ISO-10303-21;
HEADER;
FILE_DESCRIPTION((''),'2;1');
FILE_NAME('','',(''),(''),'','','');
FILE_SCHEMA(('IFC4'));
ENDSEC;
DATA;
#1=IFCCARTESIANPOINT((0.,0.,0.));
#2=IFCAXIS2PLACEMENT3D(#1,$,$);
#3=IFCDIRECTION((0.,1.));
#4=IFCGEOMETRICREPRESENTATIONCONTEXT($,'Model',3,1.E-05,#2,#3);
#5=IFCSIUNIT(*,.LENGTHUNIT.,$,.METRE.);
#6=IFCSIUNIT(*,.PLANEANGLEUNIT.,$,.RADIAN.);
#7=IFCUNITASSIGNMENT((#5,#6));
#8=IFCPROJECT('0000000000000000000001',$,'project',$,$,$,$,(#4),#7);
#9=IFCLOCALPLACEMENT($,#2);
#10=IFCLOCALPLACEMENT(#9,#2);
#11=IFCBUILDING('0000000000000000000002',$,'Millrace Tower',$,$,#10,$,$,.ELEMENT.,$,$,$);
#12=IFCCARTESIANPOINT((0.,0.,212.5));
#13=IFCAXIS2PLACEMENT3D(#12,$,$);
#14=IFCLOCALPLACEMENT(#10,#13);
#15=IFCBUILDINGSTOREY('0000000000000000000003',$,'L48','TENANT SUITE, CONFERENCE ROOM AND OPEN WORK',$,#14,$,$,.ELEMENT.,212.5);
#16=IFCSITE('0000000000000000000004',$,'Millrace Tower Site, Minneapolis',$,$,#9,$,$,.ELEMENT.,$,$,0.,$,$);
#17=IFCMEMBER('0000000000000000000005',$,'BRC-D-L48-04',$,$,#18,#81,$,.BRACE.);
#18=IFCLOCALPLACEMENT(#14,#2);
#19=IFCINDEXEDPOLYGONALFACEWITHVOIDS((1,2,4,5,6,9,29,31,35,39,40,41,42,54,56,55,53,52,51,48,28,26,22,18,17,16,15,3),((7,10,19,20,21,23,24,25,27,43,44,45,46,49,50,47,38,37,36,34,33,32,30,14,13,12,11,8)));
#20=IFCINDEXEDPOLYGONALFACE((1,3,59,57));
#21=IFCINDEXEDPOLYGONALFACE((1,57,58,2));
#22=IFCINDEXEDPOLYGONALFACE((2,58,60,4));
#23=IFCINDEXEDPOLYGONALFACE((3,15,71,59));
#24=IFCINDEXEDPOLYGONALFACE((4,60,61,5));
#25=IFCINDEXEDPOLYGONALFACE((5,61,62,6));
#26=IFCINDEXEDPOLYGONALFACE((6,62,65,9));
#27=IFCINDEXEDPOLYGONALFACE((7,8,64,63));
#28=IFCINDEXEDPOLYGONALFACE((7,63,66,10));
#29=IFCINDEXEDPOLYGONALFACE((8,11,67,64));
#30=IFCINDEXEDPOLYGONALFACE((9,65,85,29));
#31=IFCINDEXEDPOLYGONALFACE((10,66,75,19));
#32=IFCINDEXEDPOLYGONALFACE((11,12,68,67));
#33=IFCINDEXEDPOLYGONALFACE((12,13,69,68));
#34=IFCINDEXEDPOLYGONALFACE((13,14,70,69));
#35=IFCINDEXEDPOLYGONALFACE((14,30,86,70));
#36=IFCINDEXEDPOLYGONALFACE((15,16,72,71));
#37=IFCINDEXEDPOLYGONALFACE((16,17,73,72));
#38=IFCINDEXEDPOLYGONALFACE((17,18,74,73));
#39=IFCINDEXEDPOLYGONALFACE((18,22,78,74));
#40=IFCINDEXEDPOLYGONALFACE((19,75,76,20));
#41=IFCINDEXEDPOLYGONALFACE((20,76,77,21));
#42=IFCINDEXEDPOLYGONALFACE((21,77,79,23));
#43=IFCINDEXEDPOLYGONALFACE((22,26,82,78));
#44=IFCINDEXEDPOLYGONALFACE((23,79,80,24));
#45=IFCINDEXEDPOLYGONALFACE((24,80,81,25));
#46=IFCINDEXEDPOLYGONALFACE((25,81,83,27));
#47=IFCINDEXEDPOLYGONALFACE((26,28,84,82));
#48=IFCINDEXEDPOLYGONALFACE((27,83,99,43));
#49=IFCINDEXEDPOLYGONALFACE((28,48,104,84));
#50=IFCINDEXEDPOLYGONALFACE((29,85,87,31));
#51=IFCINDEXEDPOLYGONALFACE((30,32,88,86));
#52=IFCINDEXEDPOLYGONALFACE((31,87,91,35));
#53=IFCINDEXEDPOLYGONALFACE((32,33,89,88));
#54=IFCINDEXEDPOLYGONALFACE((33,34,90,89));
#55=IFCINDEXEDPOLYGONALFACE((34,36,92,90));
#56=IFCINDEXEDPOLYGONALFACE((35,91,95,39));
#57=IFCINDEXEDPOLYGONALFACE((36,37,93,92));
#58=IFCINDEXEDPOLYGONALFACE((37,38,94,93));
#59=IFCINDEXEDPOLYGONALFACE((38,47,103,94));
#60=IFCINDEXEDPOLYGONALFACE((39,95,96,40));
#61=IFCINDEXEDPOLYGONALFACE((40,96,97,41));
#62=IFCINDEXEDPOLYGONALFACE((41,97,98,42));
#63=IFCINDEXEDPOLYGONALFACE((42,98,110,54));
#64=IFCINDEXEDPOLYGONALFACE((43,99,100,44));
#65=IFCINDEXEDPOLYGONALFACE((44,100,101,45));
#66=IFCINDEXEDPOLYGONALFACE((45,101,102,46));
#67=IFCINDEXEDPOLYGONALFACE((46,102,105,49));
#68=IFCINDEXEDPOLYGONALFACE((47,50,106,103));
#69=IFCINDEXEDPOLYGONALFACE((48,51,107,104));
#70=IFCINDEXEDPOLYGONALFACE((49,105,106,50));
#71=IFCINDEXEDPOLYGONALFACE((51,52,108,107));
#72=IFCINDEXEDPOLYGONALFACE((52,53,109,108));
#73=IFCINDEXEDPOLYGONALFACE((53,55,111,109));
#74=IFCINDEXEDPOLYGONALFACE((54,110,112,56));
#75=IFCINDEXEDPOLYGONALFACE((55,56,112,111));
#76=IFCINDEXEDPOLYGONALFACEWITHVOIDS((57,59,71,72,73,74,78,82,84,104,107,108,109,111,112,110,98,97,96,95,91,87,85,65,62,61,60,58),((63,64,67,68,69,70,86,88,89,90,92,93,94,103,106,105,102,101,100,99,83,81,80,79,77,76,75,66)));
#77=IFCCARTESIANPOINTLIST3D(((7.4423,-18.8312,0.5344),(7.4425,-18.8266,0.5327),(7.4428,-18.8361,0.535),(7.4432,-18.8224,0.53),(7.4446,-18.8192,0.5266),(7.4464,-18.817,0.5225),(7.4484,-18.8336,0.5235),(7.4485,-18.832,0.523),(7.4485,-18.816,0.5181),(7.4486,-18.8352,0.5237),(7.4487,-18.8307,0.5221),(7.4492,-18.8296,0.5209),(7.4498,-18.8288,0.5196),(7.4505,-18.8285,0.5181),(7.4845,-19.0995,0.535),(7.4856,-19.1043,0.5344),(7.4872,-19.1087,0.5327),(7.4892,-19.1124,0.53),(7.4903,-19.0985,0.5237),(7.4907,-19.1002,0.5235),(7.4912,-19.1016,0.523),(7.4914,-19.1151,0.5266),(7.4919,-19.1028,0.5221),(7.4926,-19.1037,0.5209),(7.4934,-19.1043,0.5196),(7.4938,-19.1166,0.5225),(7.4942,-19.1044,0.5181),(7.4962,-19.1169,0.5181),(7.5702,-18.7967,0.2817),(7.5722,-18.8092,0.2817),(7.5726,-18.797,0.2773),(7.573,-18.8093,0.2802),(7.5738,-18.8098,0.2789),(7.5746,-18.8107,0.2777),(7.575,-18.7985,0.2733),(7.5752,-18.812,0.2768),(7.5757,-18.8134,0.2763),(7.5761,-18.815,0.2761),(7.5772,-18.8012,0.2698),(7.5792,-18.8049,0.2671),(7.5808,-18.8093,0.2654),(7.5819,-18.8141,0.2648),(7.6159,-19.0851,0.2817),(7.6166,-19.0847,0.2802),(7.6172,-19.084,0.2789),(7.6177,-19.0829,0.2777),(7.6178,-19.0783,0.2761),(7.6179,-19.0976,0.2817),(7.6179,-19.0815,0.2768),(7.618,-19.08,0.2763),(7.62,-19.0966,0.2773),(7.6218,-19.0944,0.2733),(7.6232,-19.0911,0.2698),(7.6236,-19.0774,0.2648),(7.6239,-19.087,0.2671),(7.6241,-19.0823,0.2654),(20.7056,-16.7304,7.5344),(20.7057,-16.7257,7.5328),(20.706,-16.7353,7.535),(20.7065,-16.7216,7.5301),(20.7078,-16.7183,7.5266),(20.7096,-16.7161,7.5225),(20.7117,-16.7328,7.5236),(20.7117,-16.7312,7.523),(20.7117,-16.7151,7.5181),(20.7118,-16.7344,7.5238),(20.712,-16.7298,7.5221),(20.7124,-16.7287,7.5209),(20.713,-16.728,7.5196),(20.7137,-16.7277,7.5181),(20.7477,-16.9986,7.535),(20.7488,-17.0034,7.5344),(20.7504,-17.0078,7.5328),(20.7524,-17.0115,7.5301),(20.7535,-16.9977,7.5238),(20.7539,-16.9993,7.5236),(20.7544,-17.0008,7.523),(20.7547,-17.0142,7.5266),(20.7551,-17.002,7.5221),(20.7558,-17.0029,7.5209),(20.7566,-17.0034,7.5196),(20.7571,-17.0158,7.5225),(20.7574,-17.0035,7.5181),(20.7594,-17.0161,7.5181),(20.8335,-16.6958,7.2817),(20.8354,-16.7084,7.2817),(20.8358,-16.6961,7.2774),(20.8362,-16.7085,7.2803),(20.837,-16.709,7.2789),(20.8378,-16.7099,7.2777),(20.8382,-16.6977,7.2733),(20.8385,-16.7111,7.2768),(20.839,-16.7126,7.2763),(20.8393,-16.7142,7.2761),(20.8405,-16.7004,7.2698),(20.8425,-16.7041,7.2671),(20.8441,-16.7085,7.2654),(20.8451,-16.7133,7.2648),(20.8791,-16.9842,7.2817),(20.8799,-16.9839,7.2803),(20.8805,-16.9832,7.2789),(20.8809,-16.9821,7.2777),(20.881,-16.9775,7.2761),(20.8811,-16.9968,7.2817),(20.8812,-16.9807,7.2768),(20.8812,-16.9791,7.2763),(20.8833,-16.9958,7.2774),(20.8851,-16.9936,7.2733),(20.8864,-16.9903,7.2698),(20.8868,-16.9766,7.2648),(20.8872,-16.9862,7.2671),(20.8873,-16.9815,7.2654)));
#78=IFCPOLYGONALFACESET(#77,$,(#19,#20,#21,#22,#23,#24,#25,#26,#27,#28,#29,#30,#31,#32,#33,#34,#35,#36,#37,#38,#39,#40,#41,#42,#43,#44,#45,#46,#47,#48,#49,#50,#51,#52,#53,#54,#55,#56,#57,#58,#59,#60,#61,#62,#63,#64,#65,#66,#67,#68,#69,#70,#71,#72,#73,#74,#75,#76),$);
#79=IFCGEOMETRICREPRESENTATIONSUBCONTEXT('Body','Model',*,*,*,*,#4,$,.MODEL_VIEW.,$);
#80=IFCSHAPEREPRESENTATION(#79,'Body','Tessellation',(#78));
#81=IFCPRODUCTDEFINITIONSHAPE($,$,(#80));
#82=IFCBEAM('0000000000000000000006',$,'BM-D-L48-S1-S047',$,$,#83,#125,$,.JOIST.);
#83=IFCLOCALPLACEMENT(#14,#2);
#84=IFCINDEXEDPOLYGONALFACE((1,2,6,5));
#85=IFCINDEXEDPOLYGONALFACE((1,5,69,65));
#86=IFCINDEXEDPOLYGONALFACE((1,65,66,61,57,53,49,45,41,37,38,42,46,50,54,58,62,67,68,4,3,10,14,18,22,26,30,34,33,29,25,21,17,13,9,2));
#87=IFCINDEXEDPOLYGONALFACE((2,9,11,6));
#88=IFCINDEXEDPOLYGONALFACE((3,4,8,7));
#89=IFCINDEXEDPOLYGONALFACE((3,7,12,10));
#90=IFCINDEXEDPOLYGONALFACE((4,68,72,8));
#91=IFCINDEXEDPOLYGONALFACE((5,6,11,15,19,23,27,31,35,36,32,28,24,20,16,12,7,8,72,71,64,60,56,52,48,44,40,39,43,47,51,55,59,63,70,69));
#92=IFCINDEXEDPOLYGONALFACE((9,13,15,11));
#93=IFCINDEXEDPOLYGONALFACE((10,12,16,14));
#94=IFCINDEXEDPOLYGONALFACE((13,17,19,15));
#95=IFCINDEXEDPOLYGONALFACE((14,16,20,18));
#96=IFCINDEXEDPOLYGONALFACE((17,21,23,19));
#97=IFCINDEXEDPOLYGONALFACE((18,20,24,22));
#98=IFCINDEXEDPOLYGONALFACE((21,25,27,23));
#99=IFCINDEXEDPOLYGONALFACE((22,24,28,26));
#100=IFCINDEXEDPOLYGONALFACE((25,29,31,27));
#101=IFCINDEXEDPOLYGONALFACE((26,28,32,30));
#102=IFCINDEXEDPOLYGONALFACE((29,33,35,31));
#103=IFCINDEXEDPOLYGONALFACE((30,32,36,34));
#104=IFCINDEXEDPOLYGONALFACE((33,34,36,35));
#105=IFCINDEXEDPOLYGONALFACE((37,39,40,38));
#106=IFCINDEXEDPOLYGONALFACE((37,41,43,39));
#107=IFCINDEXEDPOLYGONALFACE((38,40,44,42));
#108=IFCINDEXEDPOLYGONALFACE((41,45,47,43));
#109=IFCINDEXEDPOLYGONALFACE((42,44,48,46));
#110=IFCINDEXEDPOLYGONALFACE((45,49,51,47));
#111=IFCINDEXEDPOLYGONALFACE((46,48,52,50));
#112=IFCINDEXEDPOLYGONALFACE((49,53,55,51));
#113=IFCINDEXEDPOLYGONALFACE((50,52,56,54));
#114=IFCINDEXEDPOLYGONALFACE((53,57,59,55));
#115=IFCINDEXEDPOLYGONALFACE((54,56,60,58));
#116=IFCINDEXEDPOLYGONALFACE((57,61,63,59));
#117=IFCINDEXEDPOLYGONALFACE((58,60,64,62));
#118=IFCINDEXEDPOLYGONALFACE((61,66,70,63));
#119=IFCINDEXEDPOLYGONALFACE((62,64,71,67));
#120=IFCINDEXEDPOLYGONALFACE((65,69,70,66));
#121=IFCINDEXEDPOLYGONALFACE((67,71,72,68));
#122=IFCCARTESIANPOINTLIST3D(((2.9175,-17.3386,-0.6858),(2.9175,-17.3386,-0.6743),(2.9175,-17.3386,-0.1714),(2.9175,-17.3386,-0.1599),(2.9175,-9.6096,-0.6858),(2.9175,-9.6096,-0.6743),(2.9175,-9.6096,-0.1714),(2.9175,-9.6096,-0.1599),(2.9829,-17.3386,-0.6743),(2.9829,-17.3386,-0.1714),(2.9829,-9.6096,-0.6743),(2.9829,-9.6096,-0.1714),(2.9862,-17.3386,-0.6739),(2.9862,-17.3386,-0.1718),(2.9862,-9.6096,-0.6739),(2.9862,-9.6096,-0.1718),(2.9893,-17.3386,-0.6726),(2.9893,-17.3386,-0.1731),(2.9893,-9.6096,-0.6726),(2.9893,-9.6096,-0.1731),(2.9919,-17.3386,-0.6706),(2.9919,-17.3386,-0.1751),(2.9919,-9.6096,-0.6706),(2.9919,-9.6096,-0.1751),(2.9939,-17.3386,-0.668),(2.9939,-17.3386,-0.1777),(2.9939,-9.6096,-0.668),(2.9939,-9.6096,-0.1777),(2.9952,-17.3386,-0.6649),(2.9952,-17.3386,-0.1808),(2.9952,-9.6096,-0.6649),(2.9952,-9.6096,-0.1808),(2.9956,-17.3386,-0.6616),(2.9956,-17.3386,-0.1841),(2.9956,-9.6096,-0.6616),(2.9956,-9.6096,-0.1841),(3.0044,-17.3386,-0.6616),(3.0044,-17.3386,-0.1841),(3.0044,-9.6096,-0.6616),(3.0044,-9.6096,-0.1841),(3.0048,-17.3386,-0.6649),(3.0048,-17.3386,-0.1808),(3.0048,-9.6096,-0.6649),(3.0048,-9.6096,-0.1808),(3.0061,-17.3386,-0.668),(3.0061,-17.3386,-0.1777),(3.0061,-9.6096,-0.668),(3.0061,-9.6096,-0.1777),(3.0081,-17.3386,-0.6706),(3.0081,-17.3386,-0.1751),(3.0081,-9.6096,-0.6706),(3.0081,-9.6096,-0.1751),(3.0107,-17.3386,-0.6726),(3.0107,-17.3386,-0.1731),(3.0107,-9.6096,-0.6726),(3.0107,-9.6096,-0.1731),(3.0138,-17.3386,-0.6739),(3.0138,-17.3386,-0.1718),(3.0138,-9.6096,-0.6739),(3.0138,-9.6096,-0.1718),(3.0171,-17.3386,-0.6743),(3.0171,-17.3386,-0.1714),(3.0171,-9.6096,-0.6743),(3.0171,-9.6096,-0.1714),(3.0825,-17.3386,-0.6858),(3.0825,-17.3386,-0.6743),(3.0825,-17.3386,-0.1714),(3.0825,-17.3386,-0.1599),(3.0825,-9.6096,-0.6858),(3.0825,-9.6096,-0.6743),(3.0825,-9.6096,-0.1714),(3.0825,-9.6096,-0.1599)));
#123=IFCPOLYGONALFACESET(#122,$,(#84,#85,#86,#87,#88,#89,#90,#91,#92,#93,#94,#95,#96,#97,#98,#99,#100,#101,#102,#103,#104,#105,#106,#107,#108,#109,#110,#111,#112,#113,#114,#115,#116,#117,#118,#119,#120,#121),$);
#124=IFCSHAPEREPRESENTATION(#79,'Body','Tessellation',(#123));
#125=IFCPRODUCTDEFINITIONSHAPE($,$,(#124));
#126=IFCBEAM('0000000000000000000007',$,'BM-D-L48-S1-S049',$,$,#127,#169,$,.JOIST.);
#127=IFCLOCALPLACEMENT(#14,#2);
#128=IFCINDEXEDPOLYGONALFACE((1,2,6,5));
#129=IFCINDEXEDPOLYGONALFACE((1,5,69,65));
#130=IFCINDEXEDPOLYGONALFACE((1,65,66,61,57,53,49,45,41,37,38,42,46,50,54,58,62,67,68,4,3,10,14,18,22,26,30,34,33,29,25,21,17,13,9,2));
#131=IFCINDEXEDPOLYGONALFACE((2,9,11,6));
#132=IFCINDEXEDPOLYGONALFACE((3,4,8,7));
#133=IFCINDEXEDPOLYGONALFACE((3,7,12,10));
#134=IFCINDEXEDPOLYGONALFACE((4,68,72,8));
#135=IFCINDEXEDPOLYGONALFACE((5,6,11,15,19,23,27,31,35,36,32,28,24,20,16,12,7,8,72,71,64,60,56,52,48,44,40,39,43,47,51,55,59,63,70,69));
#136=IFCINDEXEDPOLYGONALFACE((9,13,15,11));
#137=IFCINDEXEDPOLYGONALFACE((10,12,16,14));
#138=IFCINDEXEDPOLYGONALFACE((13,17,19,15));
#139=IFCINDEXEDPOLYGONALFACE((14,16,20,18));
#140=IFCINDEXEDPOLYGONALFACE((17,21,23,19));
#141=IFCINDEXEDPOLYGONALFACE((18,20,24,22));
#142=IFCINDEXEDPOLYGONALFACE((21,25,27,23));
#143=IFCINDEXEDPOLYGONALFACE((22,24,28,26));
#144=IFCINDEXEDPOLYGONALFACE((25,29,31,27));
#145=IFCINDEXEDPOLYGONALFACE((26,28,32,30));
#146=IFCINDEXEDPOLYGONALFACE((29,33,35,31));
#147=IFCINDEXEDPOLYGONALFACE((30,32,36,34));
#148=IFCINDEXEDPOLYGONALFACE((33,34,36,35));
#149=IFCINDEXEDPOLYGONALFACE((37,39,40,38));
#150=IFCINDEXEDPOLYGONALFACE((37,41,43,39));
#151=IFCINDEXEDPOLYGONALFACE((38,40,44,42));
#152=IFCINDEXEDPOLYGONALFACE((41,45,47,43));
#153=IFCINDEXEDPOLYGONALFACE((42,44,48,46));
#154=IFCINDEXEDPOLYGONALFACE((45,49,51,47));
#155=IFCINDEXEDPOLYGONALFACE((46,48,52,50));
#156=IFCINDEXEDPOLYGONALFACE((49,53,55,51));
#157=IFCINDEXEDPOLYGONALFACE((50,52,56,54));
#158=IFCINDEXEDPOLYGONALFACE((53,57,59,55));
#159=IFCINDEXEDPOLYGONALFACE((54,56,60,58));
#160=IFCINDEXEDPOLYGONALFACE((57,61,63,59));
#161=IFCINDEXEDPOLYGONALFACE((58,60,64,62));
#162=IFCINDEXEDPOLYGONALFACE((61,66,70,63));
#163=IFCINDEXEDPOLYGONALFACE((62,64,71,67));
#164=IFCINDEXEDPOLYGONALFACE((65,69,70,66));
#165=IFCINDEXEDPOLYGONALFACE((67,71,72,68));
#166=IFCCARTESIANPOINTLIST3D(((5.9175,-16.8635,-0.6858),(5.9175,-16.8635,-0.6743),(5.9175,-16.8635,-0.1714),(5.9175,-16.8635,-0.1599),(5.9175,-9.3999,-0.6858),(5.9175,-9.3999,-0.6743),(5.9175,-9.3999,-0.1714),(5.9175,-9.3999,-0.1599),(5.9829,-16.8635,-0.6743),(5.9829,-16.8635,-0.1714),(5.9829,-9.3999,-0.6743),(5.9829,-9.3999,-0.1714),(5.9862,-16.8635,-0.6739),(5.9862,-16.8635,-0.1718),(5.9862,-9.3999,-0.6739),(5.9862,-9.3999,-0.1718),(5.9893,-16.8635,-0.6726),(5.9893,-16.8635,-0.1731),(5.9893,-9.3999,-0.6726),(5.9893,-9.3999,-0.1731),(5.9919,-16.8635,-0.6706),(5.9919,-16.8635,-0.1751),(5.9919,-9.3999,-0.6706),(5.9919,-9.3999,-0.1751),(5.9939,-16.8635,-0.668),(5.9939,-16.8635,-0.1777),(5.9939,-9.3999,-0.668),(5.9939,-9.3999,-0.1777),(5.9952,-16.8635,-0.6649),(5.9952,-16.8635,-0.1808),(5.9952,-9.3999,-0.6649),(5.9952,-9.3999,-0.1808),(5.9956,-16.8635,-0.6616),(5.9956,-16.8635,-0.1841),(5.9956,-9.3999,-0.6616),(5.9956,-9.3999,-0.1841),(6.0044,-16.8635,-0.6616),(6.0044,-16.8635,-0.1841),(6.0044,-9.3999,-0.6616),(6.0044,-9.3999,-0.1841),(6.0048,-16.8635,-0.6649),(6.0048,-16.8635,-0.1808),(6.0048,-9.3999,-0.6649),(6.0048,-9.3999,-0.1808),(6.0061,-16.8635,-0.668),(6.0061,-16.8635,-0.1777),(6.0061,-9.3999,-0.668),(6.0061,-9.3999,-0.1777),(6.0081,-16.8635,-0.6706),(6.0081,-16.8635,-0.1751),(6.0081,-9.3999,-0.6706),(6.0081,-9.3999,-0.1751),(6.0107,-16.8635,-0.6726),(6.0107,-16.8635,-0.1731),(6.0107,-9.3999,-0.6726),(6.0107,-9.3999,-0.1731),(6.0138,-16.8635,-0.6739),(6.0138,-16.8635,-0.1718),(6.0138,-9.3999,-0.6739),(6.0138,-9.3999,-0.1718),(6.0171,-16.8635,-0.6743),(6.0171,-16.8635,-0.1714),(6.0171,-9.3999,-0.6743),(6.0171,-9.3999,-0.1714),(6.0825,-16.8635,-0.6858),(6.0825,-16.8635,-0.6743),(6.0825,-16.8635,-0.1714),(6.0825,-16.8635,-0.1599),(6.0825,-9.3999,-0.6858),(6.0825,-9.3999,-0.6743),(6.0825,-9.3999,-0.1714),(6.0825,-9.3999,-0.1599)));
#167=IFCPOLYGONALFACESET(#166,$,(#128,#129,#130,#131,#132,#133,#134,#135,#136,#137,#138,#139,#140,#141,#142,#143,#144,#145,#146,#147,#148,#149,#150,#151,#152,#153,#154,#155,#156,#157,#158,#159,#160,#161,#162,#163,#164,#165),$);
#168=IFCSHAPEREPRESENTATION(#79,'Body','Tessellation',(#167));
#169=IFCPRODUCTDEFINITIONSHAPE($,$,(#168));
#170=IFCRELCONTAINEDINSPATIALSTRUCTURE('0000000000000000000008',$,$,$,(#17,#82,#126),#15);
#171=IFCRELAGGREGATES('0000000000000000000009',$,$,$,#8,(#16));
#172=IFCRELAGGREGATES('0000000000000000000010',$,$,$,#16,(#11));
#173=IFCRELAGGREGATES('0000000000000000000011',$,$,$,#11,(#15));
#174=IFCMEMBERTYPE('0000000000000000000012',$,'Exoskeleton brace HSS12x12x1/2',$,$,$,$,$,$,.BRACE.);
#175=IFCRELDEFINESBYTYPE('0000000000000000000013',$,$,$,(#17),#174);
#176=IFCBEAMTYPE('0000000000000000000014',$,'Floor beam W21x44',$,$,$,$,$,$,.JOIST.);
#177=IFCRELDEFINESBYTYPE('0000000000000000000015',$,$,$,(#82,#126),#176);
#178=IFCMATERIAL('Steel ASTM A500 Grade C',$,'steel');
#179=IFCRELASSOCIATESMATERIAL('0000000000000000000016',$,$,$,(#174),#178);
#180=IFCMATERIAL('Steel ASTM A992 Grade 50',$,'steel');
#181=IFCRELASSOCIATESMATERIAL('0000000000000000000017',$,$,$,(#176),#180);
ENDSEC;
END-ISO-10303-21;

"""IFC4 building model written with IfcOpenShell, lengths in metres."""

from ifc_helpers import new_model, si_unit, direction, frame, origin, origin_2d, place, context, subcontext, project, spatial, hollow_rectangle, i_section, extrude, material, material_profile, profile_set, type_object, element, save


model = new_model("IFC4")

# Units and contexts
model_context = context("Model", 3, precision=1e-05, world=origin(), true_north=direction((0.0, 1.0)))
body_context = subcontext(model_context, "Body", "Model", "MODEL_VIEW")
ifc_project = project(units=[si_unit("LENGTHUNIT", "METRE"), si_unit("PLANEANGLEUNIT", "RADIAN")], contexts=[model_context])

# Site, building, storey
site_placement = place(None, origin())
site = spatial("IfcSite", under=ifc_project, at=site_placement, Name="Millrace Tower Site, Minneapolis", CompositionType="ELEMENT", RefElevation=0.0)
building_placement = place(site_placement, origin())
building = spatial("IfcBuilding", under=site, at=building_placement, Name="Millrace Tower", CompositionType="ELEMENT")
storey_placement = place(building_placement, frame((0.0, 0.0, 212.5)))
storey = spatial("IfcBuildingStorey", under=building, at=storey_placement, Name="L48", Description="TENANT SUITE, CONFERENCE ROOM AND OPEN WORK", CompositionType="ELEMENT", Elevation=212.5)

# Member
ifc_material_1 = material(Name="Steel ASTM A500 Grade C", Category="steel")
ifc_material_profile_1 = material_profile(ifc_material_1, hollow_rectangle(XDim=0.3047, YDim=0.3047, WallThickness=0.0127, InnerFilletRadius=0.0063, OuterFilletRadius=0.019, at=origin_2d()))
ifc_profile_set_1 = profile_set([ifc_material_profile_1], Name="Steel ASTM A500 Grade C")
member_type_1 = type_object("IfcMemberType", Name="Exoskeleton brace HSS12x12x1/2", PredefinedType="BRACE", material=ifc_profile_set_1)
member_1_placement = place(storey_placement, frame((7.5332, -18.9568, 0.3999), z_axis=(0.875834, 0.138728, 0.462245), x_axis=(-0.156445, 0.987687, 0.0)))
element("IfcMember", 1, at=member_1_placement, inside=storey, type_object=member_type_1, Name="BRC-D-L48-04", PredefinedType="BRACE", context=body_context, shape_type="SweptSolid", body=[
    extrude(hollow_rectangle(XDim=0.3047, YDim=0.3047, WallThickness=0.0127, InnerFilletRadius=0.0063, OuterFilletRadius=0.019, at=origin_2d()), origin(), (0.0, 0.0, 1.0), 15.1436),
])

# Beams
ifc_material_2 = material(Name="Steel ASTM A992 Grade 50", Category="steel")
ifc_material_profile_2 = material_profile(ifc_material_2, i_section(OverallWidth=0.165, OverallDepth=0.5259, WebThickness=0.0088, FlangeThickness=0.0115, FilletRadius=0.0127, at=origin_2d()))
ifc_profile_set_2 = profile_set([ifc_material_profile_2], Name="Steel ASTM A992 Grade 50")
beam_type_1 = type_object("IfcBeamType", Name="Floor beam W21x44", PredefinedType="JOIST", material=ifc_profile_set_2)
beam_1_placement = place(storey_placement, frame((3.0, -17.3386, -0.4229), z_axis=(0.0, 1.0, 0.0), x_axis=(-1.0, 0.0, 0.0)))
element("IfcBeam", 2, at=beam_1_placement, inside=storey, type_object=beam_type_1, Name="BM-D-L48-S1-S047", PredefinedType="JOIST", context=body_context, shape_type="SweptSolid", body=[
    extrude(i_section(OverallWidth=0.165, OverallDepth=0.5259, WebThickness=0.0088, FlangeThickness=0.0115, FilletRadius=0.0127, at=origin_2d()), origin(), (0.0, 0.0, 1.0), 7.729),
])
beam_2_placement = place(storey_placement, frame((6.0, -16.8635, -0.4229), z_axis=(0.0, 1.0, 0.0), x_axis=(-1.0, 0.0, 0.0)))
element("IfcBeam", 3, at=beam_2_placement, inside=storey, type_object=beam_type_1, Name="BM-D-L48-S1-S049", PredefinedType="JOIST", context=body_context, shape_type="SweptSolid", body=[
    extrude(i_section(OverallWidth=0.165, OverallDepth=0.5259, WebThickness=0.0088, FlangeThickness=0.0115, FilletRadius=0.0127, at=origin_2d()), origin(), (0.0, 0.0, 1.0), 7.4636),
])

save(model, "model.ifc")
